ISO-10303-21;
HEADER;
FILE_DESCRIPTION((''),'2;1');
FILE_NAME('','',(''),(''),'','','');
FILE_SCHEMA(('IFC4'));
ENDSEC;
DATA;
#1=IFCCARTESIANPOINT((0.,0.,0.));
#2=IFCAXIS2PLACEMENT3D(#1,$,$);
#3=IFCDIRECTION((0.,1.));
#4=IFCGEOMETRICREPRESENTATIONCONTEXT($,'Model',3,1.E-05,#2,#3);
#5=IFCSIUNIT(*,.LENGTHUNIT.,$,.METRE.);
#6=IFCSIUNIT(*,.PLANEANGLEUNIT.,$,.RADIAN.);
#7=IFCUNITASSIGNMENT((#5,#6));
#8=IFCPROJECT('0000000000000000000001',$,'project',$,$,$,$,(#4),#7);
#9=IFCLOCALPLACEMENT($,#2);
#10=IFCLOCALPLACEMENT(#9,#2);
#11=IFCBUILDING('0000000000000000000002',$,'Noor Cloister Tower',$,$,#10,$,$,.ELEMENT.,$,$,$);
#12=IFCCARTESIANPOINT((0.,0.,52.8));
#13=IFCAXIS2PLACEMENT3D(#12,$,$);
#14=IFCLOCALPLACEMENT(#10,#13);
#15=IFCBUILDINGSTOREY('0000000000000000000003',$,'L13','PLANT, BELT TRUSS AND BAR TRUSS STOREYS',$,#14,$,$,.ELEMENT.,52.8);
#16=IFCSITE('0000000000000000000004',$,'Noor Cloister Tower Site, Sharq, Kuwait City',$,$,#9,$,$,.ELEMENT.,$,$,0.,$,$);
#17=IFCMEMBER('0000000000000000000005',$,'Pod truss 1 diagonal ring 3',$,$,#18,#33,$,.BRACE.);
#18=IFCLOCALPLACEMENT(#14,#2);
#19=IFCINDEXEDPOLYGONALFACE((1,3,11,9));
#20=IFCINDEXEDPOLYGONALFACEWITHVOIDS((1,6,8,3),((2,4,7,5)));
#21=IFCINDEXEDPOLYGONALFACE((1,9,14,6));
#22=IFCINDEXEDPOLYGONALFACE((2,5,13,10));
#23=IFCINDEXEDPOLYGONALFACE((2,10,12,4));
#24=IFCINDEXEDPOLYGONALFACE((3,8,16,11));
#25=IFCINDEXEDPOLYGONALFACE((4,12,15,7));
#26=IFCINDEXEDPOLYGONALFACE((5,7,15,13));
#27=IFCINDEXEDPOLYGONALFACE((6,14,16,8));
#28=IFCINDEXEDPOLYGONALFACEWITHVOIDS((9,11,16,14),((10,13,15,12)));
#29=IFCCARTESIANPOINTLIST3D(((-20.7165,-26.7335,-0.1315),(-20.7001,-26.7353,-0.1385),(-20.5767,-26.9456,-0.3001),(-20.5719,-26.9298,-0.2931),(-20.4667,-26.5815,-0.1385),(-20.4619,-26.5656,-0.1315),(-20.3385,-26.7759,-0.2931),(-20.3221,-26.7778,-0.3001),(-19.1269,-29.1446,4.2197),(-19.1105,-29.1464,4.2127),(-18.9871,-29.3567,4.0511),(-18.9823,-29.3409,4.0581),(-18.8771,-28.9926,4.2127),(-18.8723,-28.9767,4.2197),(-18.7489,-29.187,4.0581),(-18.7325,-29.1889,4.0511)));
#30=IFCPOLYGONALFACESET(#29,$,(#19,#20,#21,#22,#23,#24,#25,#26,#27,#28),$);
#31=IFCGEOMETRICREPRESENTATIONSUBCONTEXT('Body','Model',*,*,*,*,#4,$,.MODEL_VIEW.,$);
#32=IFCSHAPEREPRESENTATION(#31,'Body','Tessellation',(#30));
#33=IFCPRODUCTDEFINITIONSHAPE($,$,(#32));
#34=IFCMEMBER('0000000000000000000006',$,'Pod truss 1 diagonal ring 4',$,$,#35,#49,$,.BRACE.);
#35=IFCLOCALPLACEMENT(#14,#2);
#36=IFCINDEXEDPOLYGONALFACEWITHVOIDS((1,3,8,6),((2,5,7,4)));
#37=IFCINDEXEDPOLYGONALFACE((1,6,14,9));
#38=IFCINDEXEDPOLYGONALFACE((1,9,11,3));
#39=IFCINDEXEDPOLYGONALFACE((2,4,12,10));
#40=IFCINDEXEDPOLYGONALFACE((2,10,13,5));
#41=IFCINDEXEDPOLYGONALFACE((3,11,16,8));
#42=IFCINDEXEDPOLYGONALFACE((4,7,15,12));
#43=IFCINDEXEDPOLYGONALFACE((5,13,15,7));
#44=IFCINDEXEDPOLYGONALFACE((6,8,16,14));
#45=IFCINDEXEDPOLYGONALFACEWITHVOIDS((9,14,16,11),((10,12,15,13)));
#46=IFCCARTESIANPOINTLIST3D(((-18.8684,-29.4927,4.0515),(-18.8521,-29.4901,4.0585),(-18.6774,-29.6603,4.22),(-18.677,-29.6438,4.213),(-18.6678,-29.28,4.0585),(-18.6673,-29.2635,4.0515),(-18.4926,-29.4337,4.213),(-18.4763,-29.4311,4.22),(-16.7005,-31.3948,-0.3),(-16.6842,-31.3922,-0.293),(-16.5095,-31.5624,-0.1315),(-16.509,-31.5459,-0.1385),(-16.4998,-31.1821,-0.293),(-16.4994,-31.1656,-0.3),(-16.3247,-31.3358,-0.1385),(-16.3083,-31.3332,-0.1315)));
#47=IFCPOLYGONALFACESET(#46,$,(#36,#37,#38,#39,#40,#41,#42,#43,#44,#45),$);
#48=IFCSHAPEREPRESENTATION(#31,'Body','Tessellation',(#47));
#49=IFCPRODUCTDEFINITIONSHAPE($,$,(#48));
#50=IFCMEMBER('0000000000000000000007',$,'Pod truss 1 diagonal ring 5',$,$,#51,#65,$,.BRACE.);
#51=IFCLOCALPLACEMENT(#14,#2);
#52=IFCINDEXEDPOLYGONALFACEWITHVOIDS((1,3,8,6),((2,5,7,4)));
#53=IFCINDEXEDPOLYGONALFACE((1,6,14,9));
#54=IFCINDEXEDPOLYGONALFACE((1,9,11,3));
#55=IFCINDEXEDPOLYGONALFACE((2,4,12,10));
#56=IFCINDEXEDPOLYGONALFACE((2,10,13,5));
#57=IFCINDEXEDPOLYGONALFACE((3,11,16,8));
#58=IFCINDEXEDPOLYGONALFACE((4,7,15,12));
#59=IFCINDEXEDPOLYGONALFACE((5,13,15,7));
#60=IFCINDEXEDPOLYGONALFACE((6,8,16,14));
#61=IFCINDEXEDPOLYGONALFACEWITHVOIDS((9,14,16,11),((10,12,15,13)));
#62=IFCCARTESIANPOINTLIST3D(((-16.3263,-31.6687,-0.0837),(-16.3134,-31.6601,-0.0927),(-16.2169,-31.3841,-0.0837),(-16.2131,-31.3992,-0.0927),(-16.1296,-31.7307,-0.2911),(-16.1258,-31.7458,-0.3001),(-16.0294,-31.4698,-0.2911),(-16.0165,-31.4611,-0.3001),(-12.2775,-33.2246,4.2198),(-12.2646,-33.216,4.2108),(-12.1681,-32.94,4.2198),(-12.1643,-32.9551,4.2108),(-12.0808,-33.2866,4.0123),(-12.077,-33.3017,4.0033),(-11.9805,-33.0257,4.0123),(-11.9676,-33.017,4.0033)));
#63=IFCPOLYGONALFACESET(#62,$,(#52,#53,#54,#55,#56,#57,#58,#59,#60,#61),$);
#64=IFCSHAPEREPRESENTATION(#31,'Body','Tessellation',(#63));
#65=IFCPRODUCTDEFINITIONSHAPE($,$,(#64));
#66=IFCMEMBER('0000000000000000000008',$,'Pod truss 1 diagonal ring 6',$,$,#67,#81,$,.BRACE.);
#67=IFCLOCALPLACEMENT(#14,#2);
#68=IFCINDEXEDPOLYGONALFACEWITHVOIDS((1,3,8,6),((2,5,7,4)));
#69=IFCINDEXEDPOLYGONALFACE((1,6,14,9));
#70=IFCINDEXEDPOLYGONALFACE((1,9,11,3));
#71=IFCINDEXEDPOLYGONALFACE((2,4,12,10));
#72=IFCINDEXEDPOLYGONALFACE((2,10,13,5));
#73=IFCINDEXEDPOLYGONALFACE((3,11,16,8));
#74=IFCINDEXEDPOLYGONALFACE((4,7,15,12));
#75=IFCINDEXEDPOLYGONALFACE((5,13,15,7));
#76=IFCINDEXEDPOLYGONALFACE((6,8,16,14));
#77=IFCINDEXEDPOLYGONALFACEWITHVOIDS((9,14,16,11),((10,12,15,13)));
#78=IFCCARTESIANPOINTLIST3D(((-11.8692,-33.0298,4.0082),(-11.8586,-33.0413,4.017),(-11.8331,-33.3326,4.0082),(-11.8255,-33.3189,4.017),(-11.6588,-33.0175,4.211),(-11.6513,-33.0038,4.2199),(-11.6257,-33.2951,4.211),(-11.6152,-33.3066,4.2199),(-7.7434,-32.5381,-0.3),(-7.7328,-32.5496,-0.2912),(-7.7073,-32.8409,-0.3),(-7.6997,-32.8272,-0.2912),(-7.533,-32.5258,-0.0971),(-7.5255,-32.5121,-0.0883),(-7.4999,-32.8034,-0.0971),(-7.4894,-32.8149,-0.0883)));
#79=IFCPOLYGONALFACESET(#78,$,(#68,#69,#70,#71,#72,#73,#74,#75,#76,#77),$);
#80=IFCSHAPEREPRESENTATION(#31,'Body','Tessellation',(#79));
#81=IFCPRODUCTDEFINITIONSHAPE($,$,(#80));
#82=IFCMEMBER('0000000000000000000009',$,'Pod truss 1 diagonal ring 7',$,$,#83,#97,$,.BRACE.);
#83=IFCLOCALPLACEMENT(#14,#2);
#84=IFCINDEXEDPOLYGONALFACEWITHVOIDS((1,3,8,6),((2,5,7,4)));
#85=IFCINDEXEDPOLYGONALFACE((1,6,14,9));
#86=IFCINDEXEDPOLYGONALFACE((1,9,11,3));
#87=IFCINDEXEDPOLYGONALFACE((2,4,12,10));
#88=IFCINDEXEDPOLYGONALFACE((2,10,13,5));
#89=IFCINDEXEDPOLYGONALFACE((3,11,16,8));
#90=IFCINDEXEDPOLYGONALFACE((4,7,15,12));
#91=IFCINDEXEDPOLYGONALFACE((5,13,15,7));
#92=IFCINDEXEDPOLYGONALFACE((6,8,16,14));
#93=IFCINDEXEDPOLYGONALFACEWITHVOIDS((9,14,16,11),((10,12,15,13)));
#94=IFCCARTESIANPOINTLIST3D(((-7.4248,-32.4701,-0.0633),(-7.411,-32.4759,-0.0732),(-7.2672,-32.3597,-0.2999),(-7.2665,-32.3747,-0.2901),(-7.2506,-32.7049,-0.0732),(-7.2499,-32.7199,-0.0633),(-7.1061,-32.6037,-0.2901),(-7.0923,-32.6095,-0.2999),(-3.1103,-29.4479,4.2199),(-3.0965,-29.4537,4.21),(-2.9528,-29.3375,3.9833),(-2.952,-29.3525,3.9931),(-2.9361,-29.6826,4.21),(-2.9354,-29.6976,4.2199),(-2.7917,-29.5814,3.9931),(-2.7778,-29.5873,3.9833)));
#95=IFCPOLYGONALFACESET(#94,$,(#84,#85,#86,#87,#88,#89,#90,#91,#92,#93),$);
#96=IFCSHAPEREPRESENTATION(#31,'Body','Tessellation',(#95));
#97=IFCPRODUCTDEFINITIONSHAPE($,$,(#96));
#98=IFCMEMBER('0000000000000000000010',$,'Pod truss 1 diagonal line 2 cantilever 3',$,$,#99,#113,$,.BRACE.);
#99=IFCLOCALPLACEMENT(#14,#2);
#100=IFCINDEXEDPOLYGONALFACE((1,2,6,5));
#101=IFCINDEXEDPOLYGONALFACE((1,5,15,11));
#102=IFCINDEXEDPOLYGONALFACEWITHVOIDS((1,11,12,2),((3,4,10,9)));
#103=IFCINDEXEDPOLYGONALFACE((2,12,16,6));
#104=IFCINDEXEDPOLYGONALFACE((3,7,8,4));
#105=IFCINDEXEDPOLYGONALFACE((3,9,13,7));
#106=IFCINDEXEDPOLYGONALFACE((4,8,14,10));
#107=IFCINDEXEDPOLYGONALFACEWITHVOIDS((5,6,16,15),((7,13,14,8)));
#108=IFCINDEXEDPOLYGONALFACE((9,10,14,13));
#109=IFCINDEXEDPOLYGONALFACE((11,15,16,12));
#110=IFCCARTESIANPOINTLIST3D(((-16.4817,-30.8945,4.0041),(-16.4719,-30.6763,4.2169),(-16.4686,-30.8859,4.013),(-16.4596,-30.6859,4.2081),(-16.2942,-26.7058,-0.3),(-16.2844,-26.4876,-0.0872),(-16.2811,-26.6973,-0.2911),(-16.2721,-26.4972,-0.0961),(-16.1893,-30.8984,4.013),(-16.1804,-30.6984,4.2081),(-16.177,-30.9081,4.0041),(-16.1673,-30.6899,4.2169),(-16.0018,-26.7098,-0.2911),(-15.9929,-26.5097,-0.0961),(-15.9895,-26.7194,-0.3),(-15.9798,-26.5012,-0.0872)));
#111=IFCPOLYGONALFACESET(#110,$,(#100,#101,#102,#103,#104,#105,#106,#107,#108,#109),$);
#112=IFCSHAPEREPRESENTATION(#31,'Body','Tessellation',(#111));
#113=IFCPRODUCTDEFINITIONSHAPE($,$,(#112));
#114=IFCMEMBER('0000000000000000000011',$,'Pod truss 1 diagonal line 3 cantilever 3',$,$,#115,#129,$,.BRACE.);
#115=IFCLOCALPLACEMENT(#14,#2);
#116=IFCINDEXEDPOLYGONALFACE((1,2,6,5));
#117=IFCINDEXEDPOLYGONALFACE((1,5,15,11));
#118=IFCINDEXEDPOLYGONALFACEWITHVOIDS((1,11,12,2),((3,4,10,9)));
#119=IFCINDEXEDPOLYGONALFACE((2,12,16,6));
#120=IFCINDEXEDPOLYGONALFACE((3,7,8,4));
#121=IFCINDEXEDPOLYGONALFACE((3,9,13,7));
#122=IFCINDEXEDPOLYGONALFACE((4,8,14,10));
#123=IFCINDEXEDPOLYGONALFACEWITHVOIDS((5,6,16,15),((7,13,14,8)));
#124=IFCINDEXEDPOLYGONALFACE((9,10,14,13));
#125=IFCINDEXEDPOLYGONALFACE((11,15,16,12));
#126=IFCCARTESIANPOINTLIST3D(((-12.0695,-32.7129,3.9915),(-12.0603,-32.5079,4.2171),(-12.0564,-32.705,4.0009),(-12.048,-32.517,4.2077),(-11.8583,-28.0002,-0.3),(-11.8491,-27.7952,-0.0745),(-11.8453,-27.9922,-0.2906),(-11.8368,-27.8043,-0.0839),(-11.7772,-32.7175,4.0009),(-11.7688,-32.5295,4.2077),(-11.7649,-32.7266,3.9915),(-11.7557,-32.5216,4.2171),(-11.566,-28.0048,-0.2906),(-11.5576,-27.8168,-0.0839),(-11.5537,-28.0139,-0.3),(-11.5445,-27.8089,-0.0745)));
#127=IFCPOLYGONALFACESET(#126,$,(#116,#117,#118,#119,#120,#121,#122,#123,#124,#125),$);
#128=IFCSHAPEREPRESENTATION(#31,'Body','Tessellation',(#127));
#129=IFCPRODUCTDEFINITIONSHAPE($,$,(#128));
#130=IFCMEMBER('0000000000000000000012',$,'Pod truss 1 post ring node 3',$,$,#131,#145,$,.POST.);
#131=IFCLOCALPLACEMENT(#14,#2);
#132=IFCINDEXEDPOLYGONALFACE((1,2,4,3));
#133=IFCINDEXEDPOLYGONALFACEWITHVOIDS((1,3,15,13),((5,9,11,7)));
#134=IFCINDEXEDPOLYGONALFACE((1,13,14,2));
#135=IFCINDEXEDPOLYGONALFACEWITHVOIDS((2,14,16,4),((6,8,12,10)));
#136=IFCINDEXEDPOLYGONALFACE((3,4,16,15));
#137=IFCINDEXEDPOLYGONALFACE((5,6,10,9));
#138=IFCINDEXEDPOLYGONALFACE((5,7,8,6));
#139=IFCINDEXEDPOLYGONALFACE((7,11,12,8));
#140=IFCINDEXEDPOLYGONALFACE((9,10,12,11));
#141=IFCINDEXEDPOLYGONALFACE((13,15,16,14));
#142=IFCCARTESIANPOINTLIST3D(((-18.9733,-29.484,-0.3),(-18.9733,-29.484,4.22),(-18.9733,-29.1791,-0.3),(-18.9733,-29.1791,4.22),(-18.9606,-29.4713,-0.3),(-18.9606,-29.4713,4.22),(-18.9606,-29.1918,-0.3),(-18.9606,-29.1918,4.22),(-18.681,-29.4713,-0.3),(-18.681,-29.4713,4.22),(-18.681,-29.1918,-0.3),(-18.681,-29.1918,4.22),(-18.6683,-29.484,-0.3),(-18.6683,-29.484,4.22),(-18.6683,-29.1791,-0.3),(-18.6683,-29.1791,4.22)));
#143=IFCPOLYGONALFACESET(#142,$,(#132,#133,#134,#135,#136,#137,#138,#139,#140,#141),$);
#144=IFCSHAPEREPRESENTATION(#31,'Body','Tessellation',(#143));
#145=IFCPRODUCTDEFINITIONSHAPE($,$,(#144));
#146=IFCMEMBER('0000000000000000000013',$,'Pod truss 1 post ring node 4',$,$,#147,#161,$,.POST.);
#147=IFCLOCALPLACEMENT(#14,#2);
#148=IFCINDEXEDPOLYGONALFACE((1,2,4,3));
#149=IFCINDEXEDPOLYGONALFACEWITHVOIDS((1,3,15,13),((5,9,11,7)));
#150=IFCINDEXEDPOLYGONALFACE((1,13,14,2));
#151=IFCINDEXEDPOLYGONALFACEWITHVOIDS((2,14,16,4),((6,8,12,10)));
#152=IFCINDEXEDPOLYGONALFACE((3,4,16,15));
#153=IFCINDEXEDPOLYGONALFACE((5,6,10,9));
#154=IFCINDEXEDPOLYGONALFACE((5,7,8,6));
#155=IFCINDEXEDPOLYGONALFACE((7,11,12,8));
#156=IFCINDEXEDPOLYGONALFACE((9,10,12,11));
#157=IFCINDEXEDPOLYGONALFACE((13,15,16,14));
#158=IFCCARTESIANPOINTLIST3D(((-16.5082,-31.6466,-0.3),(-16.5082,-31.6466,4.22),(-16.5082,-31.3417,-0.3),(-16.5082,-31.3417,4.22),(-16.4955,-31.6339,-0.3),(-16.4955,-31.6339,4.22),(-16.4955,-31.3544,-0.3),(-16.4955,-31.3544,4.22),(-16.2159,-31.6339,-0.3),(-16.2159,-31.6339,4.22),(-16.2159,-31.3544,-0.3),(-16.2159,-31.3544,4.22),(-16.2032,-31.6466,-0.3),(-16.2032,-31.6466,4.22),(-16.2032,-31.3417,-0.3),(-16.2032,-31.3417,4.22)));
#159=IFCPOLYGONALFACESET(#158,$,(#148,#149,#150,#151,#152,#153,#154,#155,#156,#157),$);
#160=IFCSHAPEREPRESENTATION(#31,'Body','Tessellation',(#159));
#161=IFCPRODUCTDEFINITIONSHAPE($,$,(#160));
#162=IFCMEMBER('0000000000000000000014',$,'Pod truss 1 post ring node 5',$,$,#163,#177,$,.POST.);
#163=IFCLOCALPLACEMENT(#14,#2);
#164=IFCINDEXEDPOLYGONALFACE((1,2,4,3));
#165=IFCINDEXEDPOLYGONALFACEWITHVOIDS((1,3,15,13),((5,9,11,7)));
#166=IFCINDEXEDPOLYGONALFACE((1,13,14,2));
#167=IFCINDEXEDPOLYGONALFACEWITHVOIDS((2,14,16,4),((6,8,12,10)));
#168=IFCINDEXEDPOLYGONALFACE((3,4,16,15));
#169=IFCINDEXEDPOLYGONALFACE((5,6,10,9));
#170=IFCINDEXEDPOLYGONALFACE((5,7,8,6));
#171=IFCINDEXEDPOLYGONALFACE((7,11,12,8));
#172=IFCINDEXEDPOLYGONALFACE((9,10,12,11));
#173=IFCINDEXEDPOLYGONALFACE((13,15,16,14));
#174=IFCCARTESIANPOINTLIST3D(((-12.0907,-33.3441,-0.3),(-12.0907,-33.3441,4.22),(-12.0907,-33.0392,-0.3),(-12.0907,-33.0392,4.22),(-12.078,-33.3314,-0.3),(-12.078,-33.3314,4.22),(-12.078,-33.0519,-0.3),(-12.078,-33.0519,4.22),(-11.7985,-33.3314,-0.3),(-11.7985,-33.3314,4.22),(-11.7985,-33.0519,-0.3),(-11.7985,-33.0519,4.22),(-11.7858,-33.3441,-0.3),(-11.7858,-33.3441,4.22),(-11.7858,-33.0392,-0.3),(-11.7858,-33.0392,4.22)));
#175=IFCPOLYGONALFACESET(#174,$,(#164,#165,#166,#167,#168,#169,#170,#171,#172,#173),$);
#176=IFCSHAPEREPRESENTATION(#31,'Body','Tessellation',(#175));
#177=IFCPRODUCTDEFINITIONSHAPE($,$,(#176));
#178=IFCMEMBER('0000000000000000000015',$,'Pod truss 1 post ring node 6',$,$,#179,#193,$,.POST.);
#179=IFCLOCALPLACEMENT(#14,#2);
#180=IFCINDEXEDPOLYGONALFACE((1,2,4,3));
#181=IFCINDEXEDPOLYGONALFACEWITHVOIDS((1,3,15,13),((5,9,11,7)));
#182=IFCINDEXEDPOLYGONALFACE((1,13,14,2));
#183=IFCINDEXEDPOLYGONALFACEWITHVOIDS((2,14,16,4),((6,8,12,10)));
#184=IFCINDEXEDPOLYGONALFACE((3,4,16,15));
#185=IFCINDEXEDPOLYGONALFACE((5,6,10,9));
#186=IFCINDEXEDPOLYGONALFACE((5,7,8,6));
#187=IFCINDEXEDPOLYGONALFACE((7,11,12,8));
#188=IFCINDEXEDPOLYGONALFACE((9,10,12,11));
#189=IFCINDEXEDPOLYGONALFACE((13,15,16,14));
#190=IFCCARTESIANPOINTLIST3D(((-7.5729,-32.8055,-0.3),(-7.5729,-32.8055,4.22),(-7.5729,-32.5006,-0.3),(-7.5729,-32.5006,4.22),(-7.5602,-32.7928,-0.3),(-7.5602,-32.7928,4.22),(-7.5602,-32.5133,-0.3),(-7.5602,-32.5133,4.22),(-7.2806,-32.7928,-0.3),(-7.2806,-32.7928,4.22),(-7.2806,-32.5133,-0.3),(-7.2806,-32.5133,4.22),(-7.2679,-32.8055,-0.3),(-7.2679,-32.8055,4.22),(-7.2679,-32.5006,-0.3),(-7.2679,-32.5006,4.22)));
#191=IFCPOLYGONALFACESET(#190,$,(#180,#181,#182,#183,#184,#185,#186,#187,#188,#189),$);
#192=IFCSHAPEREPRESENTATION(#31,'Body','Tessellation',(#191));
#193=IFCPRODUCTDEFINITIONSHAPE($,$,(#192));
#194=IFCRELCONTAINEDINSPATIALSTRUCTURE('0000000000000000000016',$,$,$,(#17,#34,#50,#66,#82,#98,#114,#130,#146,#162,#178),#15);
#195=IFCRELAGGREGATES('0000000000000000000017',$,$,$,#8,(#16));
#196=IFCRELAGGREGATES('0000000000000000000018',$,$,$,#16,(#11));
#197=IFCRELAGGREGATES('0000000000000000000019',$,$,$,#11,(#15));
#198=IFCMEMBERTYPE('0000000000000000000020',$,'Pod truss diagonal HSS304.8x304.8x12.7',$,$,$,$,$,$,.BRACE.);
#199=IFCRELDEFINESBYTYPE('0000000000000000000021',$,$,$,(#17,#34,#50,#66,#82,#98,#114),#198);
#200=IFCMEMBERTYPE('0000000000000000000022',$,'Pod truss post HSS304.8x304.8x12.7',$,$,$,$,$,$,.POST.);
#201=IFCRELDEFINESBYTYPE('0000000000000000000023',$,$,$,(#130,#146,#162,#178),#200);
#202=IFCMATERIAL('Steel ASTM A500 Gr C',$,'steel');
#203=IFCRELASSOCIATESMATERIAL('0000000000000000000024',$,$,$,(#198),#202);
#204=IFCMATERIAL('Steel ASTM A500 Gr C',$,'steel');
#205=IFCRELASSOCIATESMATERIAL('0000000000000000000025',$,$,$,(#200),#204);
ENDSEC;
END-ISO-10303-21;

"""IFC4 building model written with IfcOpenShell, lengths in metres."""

from ifc_helpers import new_model, si_unit, direction, frame, origin, origin_2d, place, context, subcontext, project, spatial, hollow_rectangle, extrude, material, material_profile, profile_set, type_object, element, save


model = new_model("IFC4")

# Units and contexts
model_context = context("Model", 3, precision=1e-05, world=origin(), true_north=direction((0.0, 1.0)))
body_context = subcontext(model_context, "Body", "Model", "MODEL_VIEW")
ifc_project = project(units=[si_unit("LENGTHUNIT", "METRE"), si_unit("PLANEANGLEUNIT", "RADIAN")], contexts=[model_context])

# Site, building, storey
site_placement = place(None, origin())
site = spatial("IfcSite", under=ifc_project, at=site_placement, Name="Noor Cloister Tower Site, Sharq, Kuwait City", CompositionType="ELEMENT", RefElevation=0.0)
building_placement = place(site_placement, origin())
building = spatial("IfcBuilding", under=site, at=building_placement, Name="Noor Cloister Tower", CompositionType="ELEMENT")
storey_placement = place(building_placement, frame((0.0, 0.0, 52.8)))
storey = spatial("IfcBuildingStorey", under=building, at=storey_placement, Name="L13", Description="PLANT, BELT TRUSS AND BAR TRUSS STOREYS", CompositionType="ELEMENT", Elevation=52.8)

# Members
ifc_material_1 = material(Name="Steel ASTM A500 Gr C", Category="steel")
ifc_material_profile_1 = material_profile(ifc_material_1, hollow_rectangle(XDim=0.3049, YDim=0.3049, WallThickness=0.0127, at=origin_2d()), Name="HSS304.8x304.8x12.7")
ifc_profile_set_1 = profile_set([ifc_material_profile_1], Name="Steel ASTM A500 Gr C")
member_type_1 = type_object("IfcMemberType", Name="Pod truss diagonal HSS304.8x304.8x12.7", PredefinedType="BRACE", material=ifc_profile_set_1)
member_1_placement = place(storey_placement, frame((-20.5193, -26.7556, -0.2158), z_axis=(0.304376, -0.461683, 0.833189), x_axis=(0.834888, 0.550421, 0.0)))
element("IfcMember", 1, at=member_1_placement, inside=storey, type_object=member_type_1, Name="Pod truss 1 diagonal ring 3", PredefinedType="BRACE", context=body_context, shape_type="SweptSolid", body=[
    extrude(hollow_rectangle(XDim=0.3049, YDim=0.3049, WallThickness=0.0127, at=origin_2d()), origin(), (0.0, 0.0, 1.0), 5.2224),
])
member_2_placement = place(storey_placement, frame((-18.6724, -29.4619, 4.1357), z_axis=(0.415276, -0.364348, -0.833544), x_axis=(0.659511, 0.751695, 0.0)))
element("IfcMember", 2, at=member_2_placement, inside=storey, type_object=member_type_1, Name="Pod truss 1 diagonal ring 4", PredefinedType="BRACE", context=body_context, shape_type="SweptSolid", body=[
    extrude(hollow_rectangle(XDim=0.3049, YDim=0.3049, WallThickness=0.0127, at=origin_2d()), origin(), (0.0, 0.0, 1.0), 5.2205),
])
member_3_placement = place(storey_placement, frame((-16.1714, -31.5649, -0.1919), z_axis=(0.662642, -0.254644, 0.704317), x_axis=(0.358711, 0.933449, 0.0)))
element("IfcMember", 3, at=member_3_placement, inside=storey, type_object=member_type_1, Name="Pod truss 1 diagonal ring 5", PredefinedType="BRACE", context=body_context, shape_type="SweptSolid", body=[
    extrude(hollow_rectangle(XDim=0.3049, YDim=0.3049, WallThickness=0.0127, at=origin_2d()), origin(), (0.0, 0.0, 1.0), 6.1101),
])
member_4_placement = place(storey_placement, frame((-11.7422, -33.1682, 4.114), z_axis=(0.689317, 0.082152, -0.719787), x_axis=(-0.118341, 0.992973, 0.0)))
element("IfcMember", 4, at=member_4_placement, inside=storey, type_object=member_type_1, Name="Pod truss 1 diagonal ring 6", PredefinedType="BRACE", context=body_context, shape_type="SweptSolid", body=[
    extrude(hollow_rectangle(XDim=0.3049, YDim=0.3049, WallThickness=0.0127, at=origin_2d()), origin(), (0.0, 0.0, 1.0), 5.9854),
])
member_5_placement = place(storey_placement, frame((-7.2585, -32.5398, -0.1816), z_axis=(0.635482, 0.445146, 0.630879), x_axis=(-0.57373, 0.819045, 0.0)))
element("IfcMember", 5, at=member_5_placement, inside=storey, type_object=member_type_1, Name="Pod truss 1 diagonal ring 7", PredefinedType="BRACE", context=body_context, shape_type="SweptSolid", body=[
    extrude(hollow_rectangle(XDim=0.3049, YDim=0.3049, WallThickness=0.0127, at=origin_2d()), origin(), (0.0, 0.0, 1.0), 6.7893),
])
member_6_placement = place(storey_placement, frame((-16.137, -26.6035, -0.1936), z_axis=(-0.031204, -0.697088, 0.716306), x_axis=(0.999, -0.044718, 0.0)))
element("IfcMember", 6, at=member_6_placement, inside=storey, type_object=member_type_1, Name="Pod truss 1 diagonal line 2 cantilever 3", PredefinedType="BRACE", context=body_context, shape_type="SweptSolid", body=[
    extrude(hollow_rectangle(XDim=0.3049, YDim=0.3049, WallThickness=0.0127, at=origin_2d()), origin(), (0.0, 0.0, 1.0), 6.0088),
])
member_7_placement = place(storey_placement, frame((-11.7014, -27.9045, -0.1873), z_axis=(-0.033114, -0.738966, 0.672929), x_axis=(0.998997, -0.044767, 0.0)))
element("IfcMember", 7, at=member_7_placement, inside=storey, type_object=member_type_1, Name="Pod truss 1 diagonal line 3 cantilever 3", PredefinedType="BRACE", context=body_context, shape_type="SweptSolid", body=[
    extrude(hollow_rectangle(XDim=0.3049, YDim=0.3049, WallThickness=0.0127, at=origin_2d()), origin(), (0.0, 0.0, 1.0), 6.3774),
])
ifc_material_2 = material(Name="Steel ASTM A500 Gr C", Category="steel")
ifc_material_profile_2 = material_profile(ifc_material_2, hollow_rectangle(XDim=0.3049, YDim=0.3049, WallThickness=0.0127, at=origin_2d()), Name="HSS304.8x304.8x12.7")
ifc_profile_set_2 = profile_set([ifc_material_profile_2], Name="Steel ASTM A500 Gr C")
member_type_2 = type_object("IfcMemberType", Name="Pod truss post HSS304.8x304.8x12.7", PredefinedType="POST", material=ifc_profile_set_2)
for number, where, z_axis, x_axis, name in (
    (8, (-18.8208, -29.3315, -0.3), (0.0, 0.0, 1.0), (1.0, 0.0, 0.0), "Pod truss 1 post ring node 3"),
    (9, (-16.3557, -31.4941, -0.3), (0.0, 0.0, 1.0), (1.0, 0.0, 0.0), "Pod truss 1 post ring node 4"),
    (10, (-11.9382, -33.1917, -0.3), (0.0, 0.0, 1.0), (1.0, 0.0, 0.0), "Pod truss 1 post ring node 5"),
    (11, (-7.4204, -32.6531, -0.3), (0.0, 0.0, 1.0), (1.0, 0.0, 0.0), "Pod truss 1 post ring node 6"),
):
    element("IfcMember", number, at=place(storey_placement, frame(where, z_axis=z_axis, x_axis=x_axis)), inside=storey, type_object=member_type_2, Name=name, PredefinedType="POST", context=body_context, shape_type="SweptSolid", body=[
        extrude(hollow_rectangle(XDim=0.3049, YDim=0.3049, WallThickness=0.0127, at=origin_2d()), origin(), (0.0, 0.0, 1.0), 4.52),
    ])

save(model, "model.ifc")
